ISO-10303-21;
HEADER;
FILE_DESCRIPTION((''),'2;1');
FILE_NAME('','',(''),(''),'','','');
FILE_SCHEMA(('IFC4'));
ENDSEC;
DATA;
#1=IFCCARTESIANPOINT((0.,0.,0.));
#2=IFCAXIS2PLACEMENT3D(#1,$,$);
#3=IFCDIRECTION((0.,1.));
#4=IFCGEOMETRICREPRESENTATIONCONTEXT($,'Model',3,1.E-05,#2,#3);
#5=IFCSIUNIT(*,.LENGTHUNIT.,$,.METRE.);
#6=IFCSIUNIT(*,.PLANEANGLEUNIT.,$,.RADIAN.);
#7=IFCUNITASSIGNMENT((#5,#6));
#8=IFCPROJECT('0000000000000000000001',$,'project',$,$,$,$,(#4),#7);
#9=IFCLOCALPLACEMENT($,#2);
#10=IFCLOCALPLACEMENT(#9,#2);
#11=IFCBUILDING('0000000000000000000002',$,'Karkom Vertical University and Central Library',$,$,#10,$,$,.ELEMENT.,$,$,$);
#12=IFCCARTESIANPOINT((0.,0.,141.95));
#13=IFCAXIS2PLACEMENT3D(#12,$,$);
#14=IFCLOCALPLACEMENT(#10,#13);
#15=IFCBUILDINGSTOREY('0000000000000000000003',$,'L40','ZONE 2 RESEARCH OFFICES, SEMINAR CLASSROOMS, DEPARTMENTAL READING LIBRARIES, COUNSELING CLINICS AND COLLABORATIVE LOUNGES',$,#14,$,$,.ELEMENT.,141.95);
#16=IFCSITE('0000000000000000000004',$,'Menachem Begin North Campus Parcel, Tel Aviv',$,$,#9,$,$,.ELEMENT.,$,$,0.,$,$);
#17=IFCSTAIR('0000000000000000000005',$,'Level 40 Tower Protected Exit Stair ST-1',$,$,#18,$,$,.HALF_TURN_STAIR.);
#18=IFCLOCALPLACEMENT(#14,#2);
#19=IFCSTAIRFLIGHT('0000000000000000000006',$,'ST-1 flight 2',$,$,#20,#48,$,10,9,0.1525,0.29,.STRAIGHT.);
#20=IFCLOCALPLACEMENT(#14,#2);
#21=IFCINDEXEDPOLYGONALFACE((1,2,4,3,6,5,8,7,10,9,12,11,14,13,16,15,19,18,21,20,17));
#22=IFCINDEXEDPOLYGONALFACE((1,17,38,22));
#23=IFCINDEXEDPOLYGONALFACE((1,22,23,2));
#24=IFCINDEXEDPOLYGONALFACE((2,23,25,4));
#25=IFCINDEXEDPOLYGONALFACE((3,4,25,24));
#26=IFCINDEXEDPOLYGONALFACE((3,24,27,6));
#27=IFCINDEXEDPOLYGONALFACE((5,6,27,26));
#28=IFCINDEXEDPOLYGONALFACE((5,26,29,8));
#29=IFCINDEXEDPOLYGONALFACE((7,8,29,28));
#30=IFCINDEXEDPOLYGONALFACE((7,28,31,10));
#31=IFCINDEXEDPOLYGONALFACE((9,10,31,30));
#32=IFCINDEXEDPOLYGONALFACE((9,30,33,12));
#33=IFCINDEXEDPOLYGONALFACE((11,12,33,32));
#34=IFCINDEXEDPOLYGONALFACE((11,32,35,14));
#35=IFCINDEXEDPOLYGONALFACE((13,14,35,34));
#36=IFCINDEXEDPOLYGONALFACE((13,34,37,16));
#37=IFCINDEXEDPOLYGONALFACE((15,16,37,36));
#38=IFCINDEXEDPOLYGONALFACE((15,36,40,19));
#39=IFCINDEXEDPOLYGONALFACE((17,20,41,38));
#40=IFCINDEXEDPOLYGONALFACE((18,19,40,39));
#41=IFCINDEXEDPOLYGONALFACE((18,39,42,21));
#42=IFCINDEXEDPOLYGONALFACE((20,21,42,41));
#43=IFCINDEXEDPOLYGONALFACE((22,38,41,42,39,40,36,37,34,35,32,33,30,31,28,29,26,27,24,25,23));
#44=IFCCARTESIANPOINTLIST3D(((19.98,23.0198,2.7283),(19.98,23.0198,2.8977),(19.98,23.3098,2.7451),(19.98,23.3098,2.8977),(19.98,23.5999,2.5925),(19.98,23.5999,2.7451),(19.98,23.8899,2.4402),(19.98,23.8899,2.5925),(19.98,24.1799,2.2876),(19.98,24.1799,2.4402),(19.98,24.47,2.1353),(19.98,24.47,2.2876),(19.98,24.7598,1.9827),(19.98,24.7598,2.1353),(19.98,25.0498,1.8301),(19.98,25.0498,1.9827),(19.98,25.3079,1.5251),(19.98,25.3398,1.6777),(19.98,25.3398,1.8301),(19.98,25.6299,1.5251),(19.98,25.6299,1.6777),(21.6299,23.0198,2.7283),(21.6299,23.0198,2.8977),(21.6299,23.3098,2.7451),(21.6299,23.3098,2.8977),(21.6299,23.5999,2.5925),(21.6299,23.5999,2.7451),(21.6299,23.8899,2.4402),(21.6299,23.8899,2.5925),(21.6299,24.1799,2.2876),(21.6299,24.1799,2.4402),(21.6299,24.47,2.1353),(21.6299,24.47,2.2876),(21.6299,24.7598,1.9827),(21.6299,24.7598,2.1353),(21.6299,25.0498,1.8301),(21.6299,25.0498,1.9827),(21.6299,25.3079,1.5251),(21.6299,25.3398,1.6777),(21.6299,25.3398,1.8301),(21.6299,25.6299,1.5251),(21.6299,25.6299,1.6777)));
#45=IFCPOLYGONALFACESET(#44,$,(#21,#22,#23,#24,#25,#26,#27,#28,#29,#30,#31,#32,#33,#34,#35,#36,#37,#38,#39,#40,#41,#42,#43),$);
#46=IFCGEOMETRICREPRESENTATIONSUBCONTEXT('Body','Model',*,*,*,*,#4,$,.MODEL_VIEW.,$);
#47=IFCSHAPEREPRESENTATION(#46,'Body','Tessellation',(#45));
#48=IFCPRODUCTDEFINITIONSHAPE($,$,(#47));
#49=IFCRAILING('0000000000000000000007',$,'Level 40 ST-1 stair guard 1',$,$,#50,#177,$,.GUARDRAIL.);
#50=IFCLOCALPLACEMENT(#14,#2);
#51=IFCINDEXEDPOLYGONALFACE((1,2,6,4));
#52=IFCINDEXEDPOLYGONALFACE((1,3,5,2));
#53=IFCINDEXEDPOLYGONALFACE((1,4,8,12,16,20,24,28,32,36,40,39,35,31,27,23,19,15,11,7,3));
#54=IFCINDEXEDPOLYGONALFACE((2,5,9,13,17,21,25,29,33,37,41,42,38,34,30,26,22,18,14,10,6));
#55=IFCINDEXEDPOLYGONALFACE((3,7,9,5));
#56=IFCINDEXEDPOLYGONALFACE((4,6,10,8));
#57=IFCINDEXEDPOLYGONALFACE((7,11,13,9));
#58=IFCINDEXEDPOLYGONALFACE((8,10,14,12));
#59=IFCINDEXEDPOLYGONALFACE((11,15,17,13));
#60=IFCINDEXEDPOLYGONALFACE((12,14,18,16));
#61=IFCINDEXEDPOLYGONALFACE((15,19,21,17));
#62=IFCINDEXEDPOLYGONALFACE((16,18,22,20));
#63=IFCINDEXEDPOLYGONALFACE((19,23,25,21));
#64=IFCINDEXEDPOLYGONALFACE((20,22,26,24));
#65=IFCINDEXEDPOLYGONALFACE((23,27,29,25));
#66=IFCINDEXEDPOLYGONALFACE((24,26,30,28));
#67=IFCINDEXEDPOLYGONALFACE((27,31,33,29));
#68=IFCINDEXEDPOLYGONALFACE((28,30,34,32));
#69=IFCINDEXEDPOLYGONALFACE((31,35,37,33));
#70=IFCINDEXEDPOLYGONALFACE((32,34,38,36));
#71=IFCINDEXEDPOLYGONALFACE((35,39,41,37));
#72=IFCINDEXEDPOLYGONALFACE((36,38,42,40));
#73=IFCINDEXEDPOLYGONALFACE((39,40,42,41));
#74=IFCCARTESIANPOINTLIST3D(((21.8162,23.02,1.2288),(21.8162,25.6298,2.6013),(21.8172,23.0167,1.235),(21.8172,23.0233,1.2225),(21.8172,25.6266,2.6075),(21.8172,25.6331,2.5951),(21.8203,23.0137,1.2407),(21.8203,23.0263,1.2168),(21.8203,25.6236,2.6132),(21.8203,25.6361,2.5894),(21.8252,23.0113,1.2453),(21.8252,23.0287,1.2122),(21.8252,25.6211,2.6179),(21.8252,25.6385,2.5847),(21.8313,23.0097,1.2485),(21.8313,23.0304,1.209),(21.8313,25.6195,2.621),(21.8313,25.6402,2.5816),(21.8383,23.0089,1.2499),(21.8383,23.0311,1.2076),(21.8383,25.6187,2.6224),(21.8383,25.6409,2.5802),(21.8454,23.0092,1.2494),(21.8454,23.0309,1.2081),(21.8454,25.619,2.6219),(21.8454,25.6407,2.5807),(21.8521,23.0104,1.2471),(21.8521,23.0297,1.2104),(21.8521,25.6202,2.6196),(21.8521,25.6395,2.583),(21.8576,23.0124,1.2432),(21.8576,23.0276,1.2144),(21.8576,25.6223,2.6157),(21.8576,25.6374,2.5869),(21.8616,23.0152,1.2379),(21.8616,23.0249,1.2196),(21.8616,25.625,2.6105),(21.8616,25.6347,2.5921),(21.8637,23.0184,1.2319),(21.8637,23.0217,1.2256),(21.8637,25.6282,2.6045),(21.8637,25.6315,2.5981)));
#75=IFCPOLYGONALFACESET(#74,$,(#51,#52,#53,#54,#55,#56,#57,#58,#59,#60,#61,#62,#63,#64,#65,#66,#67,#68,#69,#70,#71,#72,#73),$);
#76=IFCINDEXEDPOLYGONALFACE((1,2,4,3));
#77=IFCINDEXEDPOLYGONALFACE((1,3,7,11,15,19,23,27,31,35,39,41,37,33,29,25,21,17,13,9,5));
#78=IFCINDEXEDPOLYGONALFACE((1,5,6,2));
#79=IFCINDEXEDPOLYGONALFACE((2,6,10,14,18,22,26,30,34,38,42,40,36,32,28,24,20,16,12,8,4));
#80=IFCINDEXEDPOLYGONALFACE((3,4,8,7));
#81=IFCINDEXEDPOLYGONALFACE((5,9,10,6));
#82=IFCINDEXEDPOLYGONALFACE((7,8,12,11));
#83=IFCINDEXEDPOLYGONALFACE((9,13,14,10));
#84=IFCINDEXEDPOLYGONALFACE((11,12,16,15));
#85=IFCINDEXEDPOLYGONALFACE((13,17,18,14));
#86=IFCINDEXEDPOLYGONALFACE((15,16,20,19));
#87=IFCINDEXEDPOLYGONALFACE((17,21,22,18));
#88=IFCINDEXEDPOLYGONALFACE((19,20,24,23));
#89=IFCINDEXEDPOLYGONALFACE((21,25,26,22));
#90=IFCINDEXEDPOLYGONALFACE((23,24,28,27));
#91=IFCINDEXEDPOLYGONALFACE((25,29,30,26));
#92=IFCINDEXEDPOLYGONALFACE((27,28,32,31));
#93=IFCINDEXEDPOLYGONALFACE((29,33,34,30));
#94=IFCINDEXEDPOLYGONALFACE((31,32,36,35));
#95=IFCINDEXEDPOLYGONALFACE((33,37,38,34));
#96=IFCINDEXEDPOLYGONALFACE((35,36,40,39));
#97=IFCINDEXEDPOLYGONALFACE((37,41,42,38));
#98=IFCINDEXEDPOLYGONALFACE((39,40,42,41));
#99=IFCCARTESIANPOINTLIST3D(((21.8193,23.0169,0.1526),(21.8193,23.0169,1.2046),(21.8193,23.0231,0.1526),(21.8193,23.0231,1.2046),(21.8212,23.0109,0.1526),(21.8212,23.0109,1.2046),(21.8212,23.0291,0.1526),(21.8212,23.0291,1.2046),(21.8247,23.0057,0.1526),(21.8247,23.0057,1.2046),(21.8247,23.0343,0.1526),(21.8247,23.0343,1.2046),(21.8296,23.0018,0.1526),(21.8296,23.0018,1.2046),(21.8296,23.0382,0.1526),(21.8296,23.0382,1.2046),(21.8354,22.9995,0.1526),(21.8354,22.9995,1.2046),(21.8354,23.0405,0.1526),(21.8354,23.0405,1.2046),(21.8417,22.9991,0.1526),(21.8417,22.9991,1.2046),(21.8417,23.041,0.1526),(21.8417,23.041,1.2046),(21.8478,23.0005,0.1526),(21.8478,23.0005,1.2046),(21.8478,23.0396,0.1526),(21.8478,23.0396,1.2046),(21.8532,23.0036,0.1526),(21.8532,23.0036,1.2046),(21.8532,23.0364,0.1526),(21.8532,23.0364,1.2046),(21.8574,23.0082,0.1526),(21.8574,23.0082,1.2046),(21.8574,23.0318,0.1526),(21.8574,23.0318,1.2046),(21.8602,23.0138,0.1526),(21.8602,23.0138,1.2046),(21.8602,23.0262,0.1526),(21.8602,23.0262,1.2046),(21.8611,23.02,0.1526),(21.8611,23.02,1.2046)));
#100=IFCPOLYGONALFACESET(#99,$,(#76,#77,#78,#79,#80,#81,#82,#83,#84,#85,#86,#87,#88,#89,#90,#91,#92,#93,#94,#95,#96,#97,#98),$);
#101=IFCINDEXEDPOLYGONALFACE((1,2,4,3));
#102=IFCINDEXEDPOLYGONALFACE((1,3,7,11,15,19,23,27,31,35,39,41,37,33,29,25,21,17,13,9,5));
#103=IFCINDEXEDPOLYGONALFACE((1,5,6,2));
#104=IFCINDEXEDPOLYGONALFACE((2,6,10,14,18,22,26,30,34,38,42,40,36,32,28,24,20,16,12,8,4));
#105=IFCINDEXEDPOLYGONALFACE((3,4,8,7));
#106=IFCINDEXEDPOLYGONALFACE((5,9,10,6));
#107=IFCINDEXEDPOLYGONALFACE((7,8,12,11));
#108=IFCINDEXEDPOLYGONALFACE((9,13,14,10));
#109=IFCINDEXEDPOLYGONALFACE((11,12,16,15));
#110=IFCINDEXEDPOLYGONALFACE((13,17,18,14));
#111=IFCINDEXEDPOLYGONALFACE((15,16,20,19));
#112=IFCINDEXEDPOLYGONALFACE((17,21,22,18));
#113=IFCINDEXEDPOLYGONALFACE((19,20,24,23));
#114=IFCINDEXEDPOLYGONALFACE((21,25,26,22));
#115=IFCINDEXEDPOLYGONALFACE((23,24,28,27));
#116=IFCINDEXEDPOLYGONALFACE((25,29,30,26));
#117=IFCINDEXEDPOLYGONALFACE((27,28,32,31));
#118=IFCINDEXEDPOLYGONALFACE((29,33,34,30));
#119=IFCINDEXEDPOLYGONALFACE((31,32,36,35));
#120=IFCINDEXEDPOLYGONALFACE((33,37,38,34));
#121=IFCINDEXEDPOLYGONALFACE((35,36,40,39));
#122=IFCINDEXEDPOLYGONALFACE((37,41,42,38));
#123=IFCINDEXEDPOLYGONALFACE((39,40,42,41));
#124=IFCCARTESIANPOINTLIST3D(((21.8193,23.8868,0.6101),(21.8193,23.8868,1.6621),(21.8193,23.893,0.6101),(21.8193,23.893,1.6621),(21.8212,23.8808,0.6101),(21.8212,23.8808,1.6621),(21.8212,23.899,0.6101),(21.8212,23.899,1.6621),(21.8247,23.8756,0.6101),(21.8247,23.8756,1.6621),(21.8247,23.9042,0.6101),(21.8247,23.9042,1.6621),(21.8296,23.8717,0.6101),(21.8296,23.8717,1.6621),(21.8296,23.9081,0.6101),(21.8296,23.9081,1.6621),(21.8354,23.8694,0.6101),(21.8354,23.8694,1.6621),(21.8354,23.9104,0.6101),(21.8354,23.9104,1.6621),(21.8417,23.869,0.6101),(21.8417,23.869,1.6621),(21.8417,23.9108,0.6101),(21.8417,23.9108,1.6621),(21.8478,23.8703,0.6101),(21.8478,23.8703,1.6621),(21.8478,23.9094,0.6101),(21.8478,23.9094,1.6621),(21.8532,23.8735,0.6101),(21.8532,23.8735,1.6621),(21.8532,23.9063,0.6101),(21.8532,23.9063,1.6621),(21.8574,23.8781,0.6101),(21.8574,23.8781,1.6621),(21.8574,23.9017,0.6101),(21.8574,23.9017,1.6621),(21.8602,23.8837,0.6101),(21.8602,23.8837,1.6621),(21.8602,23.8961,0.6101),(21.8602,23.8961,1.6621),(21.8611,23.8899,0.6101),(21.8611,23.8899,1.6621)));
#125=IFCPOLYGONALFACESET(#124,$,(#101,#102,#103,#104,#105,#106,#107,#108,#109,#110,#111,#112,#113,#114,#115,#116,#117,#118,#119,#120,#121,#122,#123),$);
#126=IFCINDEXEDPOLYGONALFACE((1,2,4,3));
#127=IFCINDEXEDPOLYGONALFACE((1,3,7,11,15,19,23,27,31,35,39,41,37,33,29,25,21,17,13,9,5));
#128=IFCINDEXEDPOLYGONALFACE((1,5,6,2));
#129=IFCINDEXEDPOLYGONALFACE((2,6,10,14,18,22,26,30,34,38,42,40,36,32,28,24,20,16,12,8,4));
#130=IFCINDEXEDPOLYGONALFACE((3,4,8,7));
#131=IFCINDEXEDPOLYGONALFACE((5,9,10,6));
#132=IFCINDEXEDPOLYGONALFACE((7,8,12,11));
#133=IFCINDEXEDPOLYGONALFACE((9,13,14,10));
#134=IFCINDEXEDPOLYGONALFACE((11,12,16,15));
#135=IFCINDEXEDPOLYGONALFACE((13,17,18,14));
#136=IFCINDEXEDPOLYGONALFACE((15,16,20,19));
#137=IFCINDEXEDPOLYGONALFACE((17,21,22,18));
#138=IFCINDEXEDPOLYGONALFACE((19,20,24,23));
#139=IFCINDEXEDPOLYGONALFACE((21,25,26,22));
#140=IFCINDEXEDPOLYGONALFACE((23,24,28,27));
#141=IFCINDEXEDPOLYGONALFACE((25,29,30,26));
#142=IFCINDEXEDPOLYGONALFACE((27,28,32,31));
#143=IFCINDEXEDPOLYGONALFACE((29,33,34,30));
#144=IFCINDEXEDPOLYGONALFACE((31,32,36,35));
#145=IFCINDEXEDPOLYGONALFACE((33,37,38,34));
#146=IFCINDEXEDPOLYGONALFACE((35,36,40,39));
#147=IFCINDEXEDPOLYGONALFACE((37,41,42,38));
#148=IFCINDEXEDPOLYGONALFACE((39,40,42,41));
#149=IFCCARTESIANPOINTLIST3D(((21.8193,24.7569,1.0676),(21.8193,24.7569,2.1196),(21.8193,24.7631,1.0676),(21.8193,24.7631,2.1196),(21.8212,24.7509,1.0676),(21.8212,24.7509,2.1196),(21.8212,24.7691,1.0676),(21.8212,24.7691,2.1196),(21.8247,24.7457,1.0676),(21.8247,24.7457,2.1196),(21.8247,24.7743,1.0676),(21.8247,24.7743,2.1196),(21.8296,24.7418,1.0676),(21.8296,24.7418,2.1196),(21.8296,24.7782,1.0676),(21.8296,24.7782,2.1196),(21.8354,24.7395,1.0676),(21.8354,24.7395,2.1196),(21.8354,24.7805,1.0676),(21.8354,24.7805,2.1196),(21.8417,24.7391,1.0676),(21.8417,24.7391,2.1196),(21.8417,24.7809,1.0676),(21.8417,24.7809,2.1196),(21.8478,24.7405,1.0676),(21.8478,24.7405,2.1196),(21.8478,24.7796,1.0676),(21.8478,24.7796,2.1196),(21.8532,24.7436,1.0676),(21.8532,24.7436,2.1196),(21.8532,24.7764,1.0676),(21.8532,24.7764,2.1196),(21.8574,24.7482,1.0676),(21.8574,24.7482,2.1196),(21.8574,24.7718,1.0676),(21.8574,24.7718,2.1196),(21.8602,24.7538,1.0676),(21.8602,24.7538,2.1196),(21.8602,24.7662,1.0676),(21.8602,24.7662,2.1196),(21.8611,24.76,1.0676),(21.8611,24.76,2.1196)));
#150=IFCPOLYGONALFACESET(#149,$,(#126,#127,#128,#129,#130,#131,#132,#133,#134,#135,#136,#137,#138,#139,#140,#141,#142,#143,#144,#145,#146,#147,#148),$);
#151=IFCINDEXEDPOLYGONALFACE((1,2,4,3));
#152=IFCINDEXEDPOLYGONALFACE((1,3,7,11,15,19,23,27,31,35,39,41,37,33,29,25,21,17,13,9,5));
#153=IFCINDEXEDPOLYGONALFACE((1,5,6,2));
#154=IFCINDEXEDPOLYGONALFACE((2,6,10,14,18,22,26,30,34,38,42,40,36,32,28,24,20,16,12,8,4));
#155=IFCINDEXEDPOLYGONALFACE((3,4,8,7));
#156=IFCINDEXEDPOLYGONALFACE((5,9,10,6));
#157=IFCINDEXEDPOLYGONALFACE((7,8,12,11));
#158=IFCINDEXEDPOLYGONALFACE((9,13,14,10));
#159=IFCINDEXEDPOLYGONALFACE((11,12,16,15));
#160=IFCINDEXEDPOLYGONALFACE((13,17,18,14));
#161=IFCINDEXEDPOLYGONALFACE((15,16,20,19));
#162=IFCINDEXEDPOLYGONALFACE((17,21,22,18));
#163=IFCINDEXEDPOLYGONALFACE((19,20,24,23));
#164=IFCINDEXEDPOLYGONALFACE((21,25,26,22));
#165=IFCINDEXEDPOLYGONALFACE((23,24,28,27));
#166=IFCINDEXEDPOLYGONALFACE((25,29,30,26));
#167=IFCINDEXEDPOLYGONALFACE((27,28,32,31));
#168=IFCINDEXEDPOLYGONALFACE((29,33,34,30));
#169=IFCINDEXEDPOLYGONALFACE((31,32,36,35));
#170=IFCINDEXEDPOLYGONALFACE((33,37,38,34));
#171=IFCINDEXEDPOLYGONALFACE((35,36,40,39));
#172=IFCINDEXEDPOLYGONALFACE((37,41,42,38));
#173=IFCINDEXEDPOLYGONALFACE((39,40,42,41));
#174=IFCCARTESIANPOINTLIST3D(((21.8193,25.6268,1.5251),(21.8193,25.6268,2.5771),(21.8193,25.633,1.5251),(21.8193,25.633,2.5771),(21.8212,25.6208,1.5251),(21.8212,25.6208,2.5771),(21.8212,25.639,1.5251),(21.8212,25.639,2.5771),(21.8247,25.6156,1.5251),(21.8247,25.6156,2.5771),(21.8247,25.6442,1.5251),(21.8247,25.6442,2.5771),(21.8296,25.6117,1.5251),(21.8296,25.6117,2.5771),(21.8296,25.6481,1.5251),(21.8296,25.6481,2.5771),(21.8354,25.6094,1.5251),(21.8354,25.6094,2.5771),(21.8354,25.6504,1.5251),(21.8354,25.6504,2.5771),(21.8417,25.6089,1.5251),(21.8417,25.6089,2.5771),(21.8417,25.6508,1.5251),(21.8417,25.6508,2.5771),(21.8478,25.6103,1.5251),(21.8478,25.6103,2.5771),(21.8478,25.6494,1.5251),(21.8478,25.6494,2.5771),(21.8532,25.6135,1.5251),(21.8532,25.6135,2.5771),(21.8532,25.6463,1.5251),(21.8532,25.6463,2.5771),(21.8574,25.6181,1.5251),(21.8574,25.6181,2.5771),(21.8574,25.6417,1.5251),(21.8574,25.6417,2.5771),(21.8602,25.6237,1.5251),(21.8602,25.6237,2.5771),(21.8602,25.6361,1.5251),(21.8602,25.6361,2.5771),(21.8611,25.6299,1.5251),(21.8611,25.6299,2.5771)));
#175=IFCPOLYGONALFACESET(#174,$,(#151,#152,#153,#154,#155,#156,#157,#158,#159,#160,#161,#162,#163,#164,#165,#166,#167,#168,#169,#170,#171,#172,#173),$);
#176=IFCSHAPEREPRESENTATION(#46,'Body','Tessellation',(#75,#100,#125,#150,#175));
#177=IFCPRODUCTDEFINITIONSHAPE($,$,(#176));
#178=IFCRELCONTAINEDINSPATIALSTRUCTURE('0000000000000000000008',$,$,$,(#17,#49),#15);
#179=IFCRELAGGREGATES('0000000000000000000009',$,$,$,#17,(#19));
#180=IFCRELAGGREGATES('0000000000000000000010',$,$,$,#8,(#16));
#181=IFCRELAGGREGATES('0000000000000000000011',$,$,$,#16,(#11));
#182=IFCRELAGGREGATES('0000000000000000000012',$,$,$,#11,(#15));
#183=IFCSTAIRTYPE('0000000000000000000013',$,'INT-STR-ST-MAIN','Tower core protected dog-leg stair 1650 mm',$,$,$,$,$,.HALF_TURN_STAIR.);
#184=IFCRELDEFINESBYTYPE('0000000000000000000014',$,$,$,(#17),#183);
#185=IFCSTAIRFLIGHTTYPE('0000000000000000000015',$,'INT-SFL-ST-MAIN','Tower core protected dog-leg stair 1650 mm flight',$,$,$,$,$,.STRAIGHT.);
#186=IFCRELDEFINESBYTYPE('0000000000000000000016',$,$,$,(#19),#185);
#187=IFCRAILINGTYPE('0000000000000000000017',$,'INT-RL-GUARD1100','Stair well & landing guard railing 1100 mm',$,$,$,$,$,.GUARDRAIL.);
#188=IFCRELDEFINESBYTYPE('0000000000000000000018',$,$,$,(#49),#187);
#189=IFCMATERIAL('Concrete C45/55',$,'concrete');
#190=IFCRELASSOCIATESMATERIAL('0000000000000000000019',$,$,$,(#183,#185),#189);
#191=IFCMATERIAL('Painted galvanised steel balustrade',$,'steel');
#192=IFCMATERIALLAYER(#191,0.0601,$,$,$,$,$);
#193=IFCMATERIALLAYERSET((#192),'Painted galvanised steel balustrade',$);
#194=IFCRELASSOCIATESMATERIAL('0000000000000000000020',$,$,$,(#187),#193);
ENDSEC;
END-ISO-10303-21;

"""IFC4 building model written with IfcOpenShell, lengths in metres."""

from ifc_helpers import new_model, si_unit, direction, frame, origin, origin_2d, place, context, subcontext, project, spatial, polyline, circle, outline, extrude, material, layer, layer_set, type_object, element, aggregate, save


model = new_model("IFC4")

# Units and contexts
model_context = context("Model", 3, precision=1e-05, world=origin(), true_north=direction((0.0, 1.0)))
body_context = subcontext(model_context, "Body", "Model", "MODEL_VIEW")
ifc_project = project(units=[si_unit("LENGTHUNIT", "METRE"), si_unit("PLANEANGLEUNIT", "RADIAN")], contexts=[model_context])

# Site, building, storey
site_placement = place(None, origin())
site = spatial("IfcSite", under=ifc_project, at=site_placement, Name="Menachem Begin North Campus Parcel, Tel Aviv", CompositionType="ELEMENT", RefElevation=0.0)
building_placement = place(site_placement, origin())
building = spatial("IfcBuilding", under=site, at=building_placement, Name="Karkom Vertical University and Central Library", CompositionType="ELEMENT")
storey_placement = place(building_placement, frame((0.0, 0.0, 141.95)))
storey = spatial("IfcBuildingStorey", under=building, at=storey_placement, Name="L40", Description="ZONE 2 RESEARCH OFFICES, SEMINAR CLASSROOMS, DEPARTMENTAL READING LIBRARIES, COUNSELING CLINICS AND COLLABORATIVE LOUNGES", CompositionType="ELEMENT", Elevation=141.95)

# Shared definitions
ifc_material_1 = material(Name="Concrete C45/55", Category="concrete")

# Stair, stair flight
stair_type = type_object("IfcStairType", Name="INT-STR-ST-MAIN", Description="Tower core protected dog-leg stair 1650 mm", PredefinedType="HALF_TURN_STAIR", material=ifc_material_1)
stair_placement = place(storey_placement, origin())
stair = element("IfcStair", 1, at=stair_placement, inside=storey, type_object=stair_type, Name="Level 40 Tower Protected Exit Stair ST-1", PredefinedType="HALF_TURN_STAIR")
stair_flight_type = type_object("IfcStairFlightType", Name="INT-SFL-ST-MAIN", Description="Tower core protected dog-leg stair 1650 mm flight", PredefinedType="STRAIGHT", material=ifc_material_1)
stair_flight_1_placement = place(storey_placement, frame((20.8049, 25.6299, 1.5251), z_axis=(0.0, 0.0, 1.0), x_axis=(0.0, -1.0, 0.0)))
stair_flight_1 = element("IfcStairFlight", 2, at=stair_flight_1_placement, type_object=stair_flight_type, Name="ST-1 flight 2", NumberOfRisers=10, NumberOfTreads=9, PredefinedType="STRAIGHT", RiserHeight=0.1525, TreadLength=0.29, context=body_context, shape_type="SweptSolid", body=[
    extrude(outline(polyline([(0.0, 0.0), (0.0, 0.1526), (0.29, 0.1526), (0.29, 0.3049), (0.5801, 0.3049), (0.5801, 0.4575), (0.8701, 0.4575), (0.8701, 0.6101), (1.1599, 0.6101), (1.1599, 0.7625), (1.45, 0.7625), (1.45, 0.915), (1.74, 0.915), (1.74, 1.0674), (2.03, 1.0674), (2.03, 1.22), (2.3201, 1.22), (2.3201, 1.3726), (2.6101, 1.3726), (2.6101, 1.5249), (2.6101, 1.2031), (0.322, 0.0), (0.0, 0.0)])), frame((0.0, 0.825, 0.0), z_axis=(0.0, -1.0, 0.0), x_axis=(1.0, 0.0, 0.0)), (0.0, 0.0, 1.0), 1.6499),
])
aggregate(stair, [stair_flight_1])

# Railing
ifc_material_2 = material(Name="Painted galvanised steel balustrade", Category="steel")
ifc_layer_1 = layer(ifc_material_2, 0.0601)
ifc_layer_set_1 = layer_set([ifc_layer_1], Name="Painted galvanised steel balustrade")
railing_type_1 = type_object("IfcRailingType", Name="INT-RL-GUARD1100", Description="Stair well & landing guard railing 1100 mm", PredefinedType="GUARDRAIL", material=ifc_layer_set_1)
railing_1_placement = place(storey_placement, frame((21.8401, 23.02, 0.1526)))
element("IfcRailing", 3, at=railing_1_placement, inside=storey, type_object=railing_type_1, Name="Level 40 ST-1 stair guard 1", PredefinedType="GUARDRAIL", context=body_context, shape_type="SweptSolid", body=[
    extrude(circle(Radius=0.0239, at=origin_2d()), frame((0.0, 0.0, 1.0762), z_axis=(0.0, 0.885065, 0.465467), x_axis=(-1.0, 0.0, 0.0)), (0.0, 0.0, 1.0), 2.9487),
    extrude(circle(Radius=0.021, at=origin_2d()), origin(), (0.0, 0.0, 1.0), 1.052),
    extrude(circle(Radius=0.021, at=origin_2d()), frame((0.0, 0.8699, 0.4575)), (0.0, 0.0, 1.0), 1.052),
    extrude(circle(Radius=0.021, at=origin_2d()), frame((0.0, 1.74, 0.915)), (0.0, 0.0, 1.0), 1.052),
    extrude(circle(Radius=0.021, at=origin_2d()), frame((0.0, 2.6099, 1.3726)), (0.0, 0.0, 1.0), 1.052),
])

save(model, "model.ifc")
